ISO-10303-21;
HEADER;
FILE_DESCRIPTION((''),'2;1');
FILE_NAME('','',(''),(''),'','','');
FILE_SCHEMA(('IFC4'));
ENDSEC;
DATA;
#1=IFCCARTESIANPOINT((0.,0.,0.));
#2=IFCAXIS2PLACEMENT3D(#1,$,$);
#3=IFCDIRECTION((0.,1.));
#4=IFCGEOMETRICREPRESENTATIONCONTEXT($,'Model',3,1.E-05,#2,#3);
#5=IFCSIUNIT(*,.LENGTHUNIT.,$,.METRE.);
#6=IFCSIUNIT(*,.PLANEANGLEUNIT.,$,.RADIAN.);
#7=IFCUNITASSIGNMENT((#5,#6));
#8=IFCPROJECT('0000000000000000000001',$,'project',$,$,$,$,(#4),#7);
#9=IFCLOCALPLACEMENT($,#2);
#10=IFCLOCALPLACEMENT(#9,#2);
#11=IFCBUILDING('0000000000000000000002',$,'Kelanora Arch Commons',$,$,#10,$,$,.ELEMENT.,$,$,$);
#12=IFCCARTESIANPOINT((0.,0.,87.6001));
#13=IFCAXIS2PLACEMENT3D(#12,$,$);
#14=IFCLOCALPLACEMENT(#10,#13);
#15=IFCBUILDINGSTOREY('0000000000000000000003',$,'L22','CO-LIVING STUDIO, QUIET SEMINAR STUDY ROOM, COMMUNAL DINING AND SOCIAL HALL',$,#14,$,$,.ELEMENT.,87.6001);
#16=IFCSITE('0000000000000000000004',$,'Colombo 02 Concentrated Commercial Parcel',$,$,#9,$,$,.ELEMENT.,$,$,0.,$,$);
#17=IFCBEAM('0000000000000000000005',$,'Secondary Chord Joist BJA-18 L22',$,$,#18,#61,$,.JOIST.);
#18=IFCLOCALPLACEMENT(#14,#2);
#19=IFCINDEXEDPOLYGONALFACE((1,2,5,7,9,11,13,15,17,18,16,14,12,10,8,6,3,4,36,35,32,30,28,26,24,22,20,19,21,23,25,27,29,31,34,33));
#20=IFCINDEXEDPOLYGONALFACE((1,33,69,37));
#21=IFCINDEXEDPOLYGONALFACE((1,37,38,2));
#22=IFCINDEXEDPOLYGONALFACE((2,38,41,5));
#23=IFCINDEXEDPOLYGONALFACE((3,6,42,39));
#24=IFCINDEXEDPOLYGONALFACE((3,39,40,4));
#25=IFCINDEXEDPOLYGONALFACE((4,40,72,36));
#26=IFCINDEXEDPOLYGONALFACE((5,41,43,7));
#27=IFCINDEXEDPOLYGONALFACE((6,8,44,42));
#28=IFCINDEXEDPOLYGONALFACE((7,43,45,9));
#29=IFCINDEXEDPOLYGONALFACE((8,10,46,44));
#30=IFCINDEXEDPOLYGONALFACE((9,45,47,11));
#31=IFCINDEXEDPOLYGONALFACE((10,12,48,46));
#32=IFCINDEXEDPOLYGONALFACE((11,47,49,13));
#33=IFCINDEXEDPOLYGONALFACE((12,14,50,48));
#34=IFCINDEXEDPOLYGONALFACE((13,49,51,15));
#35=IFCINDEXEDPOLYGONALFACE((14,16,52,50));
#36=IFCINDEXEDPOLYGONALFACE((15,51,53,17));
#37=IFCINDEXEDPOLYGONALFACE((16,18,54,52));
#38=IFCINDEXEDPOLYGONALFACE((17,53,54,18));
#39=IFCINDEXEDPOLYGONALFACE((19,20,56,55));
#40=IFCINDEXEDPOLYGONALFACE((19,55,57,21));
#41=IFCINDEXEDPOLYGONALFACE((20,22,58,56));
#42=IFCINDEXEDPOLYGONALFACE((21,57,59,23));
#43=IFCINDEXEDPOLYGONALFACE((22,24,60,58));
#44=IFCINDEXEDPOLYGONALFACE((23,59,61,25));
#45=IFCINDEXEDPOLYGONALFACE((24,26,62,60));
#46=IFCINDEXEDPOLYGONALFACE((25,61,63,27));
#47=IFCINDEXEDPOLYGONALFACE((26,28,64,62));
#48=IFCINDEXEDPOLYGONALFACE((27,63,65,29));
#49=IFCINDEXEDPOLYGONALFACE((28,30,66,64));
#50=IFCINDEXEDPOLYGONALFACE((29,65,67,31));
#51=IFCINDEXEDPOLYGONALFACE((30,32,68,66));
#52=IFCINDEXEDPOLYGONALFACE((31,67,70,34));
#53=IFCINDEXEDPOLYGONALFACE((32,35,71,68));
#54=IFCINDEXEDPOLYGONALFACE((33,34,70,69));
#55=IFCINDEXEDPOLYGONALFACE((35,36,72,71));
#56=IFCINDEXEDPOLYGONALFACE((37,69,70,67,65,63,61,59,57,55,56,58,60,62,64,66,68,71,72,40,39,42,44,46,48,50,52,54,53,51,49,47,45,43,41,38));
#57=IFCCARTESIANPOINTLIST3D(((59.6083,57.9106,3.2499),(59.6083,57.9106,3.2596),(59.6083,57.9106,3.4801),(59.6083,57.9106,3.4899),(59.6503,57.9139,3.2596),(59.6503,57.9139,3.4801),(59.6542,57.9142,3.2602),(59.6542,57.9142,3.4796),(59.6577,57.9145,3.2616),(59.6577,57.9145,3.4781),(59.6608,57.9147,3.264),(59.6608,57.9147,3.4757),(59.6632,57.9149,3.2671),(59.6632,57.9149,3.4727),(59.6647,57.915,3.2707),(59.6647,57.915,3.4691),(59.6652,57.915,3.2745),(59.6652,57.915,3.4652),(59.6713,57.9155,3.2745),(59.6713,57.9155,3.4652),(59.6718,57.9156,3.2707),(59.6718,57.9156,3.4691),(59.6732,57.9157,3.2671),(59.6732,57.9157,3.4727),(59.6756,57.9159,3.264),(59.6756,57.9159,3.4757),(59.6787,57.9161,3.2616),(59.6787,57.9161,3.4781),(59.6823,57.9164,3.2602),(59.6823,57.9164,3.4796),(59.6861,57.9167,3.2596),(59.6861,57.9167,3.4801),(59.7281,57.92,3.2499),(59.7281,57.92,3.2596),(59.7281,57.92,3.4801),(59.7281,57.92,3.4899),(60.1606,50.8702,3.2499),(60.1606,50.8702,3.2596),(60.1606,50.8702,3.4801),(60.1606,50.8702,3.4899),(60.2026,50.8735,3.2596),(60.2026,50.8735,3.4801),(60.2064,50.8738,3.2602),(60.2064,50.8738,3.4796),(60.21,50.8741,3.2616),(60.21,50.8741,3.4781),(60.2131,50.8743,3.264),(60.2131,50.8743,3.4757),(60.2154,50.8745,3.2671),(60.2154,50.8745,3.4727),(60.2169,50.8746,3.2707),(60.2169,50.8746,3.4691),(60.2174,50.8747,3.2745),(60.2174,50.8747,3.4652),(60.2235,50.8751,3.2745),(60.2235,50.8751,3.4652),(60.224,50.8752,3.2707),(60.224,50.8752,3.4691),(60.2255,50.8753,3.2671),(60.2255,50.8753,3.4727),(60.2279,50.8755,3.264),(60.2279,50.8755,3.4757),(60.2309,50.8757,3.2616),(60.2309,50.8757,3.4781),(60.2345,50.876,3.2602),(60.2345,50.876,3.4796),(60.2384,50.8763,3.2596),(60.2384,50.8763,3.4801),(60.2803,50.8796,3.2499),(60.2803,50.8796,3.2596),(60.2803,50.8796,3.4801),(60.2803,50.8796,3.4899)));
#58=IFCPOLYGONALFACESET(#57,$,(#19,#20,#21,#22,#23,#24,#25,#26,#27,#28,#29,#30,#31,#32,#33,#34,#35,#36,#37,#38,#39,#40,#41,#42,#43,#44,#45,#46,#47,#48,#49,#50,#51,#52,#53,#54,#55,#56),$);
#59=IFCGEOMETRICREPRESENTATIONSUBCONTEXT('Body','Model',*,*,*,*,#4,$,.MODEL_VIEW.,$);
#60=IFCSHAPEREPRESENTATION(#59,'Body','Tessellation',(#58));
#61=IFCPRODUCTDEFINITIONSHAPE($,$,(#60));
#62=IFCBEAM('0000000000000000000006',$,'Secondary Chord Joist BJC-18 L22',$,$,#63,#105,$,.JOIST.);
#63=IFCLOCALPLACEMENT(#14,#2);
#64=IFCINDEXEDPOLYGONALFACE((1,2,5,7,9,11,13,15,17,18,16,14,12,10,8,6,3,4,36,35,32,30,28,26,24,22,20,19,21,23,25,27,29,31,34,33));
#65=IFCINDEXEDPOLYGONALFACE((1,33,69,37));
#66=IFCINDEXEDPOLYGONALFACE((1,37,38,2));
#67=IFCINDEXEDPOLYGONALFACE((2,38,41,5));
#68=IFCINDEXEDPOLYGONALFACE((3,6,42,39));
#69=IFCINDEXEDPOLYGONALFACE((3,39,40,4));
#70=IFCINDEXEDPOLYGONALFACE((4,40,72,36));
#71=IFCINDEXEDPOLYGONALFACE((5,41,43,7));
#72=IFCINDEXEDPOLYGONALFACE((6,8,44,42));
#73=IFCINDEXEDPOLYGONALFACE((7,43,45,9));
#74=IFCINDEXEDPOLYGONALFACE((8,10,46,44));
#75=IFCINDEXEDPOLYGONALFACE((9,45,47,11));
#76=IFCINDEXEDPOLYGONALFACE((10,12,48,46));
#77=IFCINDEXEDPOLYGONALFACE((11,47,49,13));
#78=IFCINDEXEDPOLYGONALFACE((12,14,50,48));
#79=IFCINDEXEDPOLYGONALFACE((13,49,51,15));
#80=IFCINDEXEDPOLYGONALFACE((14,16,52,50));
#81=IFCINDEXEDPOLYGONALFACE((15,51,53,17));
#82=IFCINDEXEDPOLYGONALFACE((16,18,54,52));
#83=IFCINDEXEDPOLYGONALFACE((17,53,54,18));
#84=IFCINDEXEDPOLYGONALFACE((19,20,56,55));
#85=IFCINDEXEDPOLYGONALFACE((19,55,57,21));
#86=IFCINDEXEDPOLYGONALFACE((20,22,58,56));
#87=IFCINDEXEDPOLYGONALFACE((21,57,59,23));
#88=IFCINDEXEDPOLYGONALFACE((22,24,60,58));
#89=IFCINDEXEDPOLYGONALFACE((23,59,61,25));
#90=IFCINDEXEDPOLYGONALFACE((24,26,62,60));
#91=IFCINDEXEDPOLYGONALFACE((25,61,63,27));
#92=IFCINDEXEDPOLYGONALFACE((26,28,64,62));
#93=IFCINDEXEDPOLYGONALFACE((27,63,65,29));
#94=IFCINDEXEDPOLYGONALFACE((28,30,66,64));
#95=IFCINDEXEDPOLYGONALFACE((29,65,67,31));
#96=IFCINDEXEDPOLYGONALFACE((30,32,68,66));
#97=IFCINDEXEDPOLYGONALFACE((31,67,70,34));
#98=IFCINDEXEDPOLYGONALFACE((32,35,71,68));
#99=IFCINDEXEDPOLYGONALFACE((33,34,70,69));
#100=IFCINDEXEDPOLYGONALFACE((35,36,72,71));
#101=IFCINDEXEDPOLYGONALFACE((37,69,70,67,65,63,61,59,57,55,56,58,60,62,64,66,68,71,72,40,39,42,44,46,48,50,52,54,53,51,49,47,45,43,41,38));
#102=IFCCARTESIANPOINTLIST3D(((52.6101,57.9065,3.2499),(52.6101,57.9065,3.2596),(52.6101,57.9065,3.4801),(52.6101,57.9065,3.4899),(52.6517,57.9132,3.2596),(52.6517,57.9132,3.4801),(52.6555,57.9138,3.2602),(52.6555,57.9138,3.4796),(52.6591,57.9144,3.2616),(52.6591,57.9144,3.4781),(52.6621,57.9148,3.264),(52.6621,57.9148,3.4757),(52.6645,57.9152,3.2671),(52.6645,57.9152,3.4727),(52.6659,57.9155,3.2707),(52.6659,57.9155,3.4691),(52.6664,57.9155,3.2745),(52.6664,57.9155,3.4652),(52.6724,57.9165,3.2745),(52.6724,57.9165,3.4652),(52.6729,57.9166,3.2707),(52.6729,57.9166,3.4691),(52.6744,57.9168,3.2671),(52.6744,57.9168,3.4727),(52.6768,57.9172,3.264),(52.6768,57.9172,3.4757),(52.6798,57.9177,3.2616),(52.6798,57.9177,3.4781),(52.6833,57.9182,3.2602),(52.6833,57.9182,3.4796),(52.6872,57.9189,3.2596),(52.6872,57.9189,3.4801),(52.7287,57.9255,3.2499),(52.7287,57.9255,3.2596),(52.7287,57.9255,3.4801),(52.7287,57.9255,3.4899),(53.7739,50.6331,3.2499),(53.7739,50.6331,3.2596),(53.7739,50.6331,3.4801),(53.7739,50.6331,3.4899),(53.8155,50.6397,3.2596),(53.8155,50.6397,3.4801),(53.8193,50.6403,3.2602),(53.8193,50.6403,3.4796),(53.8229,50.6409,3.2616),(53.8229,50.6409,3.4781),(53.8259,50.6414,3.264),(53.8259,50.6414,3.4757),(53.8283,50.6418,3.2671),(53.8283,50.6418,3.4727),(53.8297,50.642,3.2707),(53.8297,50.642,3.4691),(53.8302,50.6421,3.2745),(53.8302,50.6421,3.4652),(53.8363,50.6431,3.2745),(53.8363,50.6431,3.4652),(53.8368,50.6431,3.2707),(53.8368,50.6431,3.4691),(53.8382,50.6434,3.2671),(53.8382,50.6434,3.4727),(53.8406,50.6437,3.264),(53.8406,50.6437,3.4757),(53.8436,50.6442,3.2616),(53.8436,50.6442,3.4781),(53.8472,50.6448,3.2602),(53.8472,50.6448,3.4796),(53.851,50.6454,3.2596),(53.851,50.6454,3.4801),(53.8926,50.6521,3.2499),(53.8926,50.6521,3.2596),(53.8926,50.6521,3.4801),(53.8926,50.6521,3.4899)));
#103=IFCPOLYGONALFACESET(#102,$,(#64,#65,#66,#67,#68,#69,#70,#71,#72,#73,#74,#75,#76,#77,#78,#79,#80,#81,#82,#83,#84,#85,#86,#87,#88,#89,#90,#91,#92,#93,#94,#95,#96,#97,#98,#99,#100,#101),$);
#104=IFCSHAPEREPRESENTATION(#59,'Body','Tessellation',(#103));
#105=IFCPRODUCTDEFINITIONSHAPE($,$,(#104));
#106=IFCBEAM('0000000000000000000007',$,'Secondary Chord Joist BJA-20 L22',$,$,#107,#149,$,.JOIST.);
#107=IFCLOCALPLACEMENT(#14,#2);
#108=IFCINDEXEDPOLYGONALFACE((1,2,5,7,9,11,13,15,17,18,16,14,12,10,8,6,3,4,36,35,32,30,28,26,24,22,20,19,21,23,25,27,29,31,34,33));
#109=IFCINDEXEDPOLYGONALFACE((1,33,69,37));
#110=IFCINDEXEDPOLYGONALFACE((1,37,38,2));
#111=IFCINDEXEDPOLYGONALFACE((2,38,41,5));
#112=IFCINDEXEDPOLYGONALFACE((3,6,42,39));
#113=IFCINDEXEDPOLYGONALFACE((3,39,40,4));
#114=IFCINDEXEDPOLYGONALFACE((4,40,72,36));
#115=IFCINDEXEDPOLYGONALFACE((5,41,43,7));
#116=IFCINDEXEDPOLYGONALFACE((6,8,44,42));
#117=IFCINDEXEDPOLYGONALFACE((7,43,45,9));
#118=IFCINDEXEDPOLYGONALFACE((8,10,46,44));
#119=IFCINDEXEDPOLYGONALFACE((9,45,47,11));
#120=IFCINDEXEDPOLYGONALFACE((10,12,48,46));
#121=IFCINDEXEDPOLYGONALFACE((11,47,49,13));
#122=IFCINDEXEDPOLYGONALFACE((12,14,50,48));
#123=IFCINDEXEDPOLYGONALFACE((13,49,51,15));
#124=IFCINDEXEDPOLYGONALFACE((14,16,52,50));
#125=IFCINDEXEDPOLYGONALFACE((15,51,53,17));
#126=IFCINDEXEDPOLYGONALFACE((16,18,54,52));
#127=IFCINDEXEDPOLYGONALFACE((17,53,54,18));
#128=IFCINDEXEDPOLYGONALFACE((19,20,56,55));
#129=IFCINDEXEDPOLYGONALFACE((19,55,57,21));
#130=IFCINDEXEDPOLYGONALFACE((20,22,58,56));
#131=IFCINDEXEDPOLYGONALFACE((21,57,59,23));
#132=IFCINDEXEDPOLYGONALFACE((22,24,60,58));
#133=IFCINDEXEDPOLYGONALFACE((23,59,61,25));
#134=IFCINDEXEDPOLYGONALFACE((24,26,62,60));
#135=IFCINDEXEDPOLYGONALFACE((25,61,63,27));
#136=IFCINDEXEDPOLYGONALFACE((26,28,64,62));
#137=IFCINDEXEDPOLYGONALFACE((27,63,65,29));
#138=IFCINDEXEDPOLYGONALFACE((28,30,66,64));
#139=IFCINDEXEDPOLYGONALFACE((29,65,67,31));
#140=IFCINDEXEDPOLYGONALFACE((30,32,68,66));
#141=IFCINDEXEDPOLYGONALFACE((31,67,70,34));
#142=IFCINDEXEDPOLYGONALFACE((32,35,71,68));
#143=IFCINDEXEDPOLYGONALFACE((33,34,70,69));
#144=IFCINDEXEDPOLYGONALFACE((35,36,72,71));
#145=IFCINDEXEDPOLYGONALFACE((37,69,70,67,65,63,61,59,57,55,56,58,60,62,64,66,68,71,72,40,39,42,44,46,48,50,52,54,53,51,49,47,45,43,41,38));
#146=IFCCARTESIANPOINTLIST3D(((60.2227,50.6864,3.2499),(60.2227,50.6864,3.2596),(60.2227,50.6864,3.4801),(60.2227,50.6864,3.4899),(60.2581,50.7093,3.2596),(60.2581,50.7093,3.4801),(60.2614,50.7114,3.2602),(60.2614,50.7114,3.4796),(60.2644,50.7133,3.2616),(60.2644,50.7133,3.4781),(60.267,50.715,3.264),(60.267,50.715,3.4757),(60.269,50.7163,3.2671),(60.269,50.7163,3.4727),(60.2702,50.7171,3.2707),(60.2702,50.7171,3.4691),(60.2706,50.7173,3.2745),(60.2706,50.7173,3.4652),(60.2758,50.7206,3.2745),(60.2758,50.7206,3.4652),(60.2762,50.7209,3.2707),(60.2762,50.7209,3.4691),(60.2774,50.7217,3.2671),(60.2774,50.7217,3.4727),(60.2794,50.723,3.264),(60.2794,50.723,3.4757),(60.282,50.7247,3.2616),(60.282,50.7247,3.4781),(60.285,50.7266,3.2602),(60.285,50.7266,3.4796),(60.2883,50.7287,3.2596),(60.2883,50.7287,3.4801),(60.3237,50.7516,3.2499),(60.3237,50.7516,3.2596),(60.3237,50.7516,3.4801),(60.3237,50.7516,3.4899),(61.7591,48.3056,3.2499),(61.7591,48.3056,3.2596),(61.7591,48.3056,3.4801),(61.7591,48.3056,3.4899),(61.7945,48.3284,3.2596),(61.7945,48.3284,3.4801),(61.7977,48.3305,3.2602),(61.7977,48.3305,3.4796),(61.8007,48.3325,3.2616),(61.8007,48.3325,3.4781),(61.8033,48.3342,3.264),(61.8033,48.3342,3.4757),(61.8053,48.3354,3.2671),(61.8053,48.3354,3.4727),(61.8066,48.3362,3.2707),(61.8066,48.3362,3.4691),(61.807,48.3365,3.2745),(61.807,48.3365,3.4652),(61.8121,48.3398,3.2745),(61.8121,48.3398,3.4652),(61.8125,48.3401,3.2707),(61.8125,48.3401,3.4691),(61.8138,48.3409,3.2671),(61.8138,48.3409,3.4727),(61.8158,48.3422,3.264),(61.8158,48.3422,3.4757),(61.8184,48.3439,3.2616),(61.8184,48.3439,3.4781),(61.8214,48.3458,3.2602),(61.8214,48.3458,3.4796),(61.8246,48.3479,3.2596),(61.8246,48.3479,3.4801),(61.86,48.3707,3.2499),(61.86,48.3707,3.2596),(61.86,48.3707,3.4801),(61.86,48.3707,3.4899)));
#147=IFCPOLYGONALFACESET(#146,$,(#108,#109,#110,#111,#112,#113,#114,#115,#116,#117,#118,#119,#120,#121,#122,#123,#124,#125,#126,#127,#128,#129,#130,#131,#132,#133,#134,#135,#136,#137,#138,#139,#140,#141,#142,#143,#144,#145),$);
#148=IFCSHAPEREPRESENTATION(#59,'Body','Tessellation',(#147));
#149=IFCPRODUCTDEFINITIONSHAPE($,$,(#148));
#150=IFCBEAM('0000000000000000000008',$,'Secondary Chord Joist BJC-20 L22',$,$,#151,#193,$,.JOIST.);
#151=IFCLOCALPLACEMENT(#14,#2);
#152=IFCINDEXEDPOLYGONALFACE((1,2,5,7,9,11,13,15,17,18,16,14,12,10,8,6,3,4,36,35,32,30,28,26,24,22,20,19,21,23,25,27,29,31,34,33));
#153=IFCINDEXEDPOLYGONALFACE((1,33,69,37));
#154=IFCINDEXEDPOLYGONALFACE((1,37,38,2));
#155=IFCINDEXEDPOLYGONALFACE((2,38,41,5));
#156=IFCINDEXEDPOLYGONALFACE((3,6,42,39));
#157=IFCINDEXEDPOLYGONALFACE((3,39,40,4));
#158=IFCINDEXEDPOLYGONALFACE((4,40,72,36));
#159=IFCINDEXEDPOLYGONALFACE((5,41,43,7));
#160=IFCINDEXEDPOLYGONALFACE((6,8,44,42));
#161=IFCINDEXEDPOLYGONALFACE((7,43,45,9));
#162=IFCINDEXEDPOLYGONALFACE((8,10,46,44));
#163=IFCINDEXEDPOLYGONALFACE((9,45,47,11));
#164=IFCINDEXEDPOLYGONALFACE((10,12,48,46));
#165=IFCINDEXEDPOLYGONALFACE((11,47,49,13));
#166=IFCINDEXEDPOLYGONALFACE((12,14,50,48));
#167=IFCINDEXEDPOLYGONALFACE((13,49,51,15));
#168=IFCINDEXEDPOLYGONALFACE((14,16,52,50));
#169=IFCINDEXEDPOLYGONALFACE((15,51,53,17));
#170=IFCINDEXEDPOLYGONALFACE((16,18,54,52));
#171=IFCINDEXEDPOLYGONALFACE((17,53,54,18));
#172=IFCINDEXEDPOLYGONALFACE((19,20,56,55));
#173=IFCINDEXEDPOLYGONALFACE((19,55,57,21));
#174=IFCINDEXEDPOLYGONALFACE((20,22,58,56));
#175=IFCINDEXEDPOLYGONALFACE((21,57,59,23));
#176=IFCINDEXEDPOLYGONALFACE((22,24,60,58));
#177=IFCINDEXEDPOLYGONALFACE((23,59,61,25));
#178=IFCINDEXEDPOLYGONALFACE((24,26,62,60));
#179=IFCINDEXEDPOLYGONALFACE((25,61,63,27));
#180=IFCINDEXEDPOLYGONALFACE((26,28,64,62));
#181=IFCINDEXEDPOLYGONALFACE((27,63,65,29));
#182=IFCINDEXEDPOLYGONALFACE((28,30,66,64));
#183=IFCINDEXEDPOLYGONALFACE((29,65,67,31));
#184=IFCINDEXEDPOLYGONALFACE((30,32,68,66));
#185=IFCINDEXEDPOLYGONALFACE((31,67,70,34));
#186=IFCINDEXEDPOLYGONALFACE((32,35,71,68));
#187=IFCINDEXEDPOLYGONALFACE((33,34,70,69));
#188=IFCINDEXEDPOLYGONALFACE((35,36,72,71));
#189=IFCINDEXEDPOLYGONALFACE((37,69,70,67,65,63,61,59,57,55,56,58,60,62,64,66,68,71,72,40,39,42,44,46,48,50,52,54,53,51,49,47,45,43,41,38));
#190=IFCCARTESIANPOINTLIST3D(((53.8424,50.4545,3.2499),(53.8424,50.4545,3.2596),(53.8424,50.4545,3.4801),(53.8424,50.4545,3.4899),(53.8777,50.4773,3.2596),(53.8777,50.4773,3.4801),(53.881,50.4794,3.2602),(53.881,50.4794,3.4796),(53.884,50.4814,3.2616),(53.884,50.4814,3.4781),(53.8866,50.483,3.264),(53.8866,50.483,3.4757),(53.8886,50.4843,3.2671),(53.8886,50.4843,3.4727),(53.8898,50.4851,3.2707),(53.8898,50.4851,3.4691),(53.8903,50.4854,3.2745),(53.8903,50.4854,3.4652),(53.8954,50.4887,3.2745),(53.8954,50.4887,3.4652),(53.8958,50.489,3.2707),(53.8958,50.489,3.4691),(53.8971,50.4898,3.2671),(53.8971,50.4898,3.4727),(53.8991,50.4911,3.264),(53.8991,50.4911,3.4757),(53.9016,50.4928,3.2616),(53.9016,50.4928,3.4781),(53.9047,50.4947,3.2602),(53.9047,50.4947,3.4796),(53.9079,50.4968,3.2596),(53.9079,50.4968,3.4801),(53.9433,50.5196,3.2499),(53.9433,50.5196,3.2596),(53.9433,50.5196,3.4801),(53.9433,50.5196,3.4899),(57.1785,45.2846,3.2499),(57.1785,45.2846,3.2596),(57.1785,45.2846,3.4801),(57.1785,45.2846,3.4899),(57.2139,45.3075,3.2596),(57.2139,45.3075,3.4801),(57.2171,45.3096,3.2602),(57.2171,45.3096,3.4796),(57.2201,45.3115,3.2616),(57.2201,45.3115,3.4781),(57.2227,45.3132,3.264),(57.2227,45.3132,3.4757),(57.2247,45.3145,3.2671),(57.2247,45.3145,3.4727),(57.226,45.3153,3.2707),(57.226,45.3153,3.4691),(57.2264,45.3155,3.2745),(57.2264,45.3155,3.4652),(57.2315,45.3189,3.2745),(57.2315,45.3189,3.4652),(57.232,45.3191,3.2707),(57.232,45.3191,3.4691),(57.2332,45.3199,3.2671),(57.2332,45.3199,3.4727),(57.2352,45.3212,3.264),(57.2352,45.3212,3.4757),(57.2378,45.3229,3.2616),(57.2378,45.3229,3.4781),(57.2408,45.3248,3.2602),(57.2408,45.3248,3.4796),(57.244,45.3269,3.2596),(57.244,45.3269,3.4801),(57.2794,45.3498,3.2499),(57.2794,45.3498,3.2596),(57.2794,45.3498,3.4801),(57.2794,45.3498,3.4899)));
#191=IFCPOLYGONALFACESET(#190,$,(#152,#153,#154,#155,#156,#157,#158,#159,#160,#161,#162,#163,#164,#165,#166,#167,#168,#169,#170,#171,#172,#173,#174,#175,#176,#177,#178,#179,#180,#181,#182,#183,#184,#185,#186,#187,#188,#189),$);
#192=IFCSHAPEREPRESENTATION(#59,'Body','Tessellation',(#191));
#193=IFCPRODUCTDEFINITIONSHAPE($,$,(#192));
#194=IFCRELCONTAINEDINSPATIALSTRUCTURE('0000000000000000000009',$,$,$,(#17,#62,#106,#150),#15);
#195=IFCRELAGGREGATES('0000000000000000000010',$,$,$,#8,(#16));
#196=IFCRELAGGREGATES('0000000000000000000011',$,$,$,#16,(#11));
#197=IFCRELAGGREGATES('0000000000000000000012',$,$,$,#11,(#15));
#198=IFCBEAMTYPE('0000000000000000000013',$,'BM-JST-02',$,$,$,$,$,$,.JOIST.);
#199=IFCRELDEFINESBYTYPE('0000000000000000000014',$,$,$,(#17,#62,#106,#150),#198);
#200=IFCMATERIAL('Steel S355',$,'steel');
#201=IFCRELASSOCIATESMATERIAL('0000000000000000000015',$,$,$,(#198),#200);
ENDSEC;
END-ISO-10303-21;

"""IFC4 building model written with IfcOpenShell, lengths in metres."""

from ifc_helpers import new_model, si_unit, direction, frame, origin, origin_2d, place, context, subcontext, project, spatial, i_section, extrude, material, material_profile, profile_set, type_object, element, save


model = new_model("IFC4")

# Units and contexts
model_context = context("Model", 3, precision=1e-05, world=origin(), true_north=direction((0.0, 1.0)))
body_context = subcontext(model_context, "Body", "Model", "MODEL_VIEW")
ifc_project = project(units=[si_unit("LENGTHUNIT", "METRE"), si_unit("PLANEANGLEUNIT", "RADIAN")], contexts=[model_context])

# Site, building, storey
site_placement = place(None, origin())
site = spatial("IfcSite", under=ifc_project, at=site_placement, Name="Colombo 02 Concentrated Commercial Parcel", CompositionType="ELEMENT", RefElevation=0.0)
building_placement = place(site_placement, origin())
building = spatial("IfcBuilding", under=site, at=building_placement, Name="Kelanora Arch Commons", CompositionType="ELEMENT")
storey_placement = place(building_placement, frame((0.0, 0.0, 87.6001)))
storey = spatial("IfcBuildingStorey", under=building, at=storey_placement, Name="L22", Description="CO-LIVING STUDIO, QUIET SEMINAR STUDY ROOM, COMMUNAL DINING AND SOCIAL HALL", CompositionType="ELEMENT", Elevation=87.6001)

# Beams
ifc_material_1 = material(Name="Steel S355", Category="steel")
ifc_material_profile_1 = material_profile(ifc_material_1, i_section(OverallWidth=0.1201, OverallDepth=0.24, WebThickness=0.0061, FlangeThickness=0.0098, FilletRadius=0.0149, at=origin_2d()), Name="IPE240")
ifc_profile_set_1 = profile_set([ifc_material_profile_1], Name="Steel S355")
beam_type_1 = type_object("IfcBeamType", Name="BM-JST-02", PredefinedType="JOIST", material=ifc_profile_set_1)
beam_1_placement = place(storey_placement, frame((59.6682, 57.9153, 3.3699), z_axis=(0.078201, -0.996938, 0.0), x_axis=(0.996938, 0.078201, 0.0)))
element("IfcBeam", 1, at=beam_1_placement, inside=storey, type_object=beam_type_1, Name="Secondary Chord Joist BJA-18 L22", PredefinedType="JOIST", context=body_context, shape_type="SweptSolid", body=[
    extrude(i_section(OverallWidth=0.1201, OverallDepth=0.24, WebThickness=0.0061, FlangeThickness=0.0098, FilletRadius=0.0149, at=origin_2d()), origin(), (0.0, 0.0, 1.0), 7.062),
])
beam_2_placement = place(storey_placement, frame((52.6694, 57.916, 3.3699), z_axis=(0.158, -0.987439, 0.0), x_axis=(0.987439, 0.158, 0.0)))
element("IfcBeam", 2, at=beam_2_placement, inside=storey, type_object=beam_type_1, Name="Secondary Chord Joist BJC-18 L22", PredefinedType="JOIST", context=body_context, shape_type="SweptSolid", body=[
    extrude(i_section(OverallWidth=0.1201, OverallDepth=0.24, WebThickness=0.0061, FlangeThickness=0.0098, FilletRadius=0.0149, at=origin_2d()), origin(), (0.0, 0.0, 1.0), 7.366),
])
beam_3_placement = place(storey_placement, frame((60.2732, 50.719, 3.3699), z_axis=(0.542211, -0.840242, 0.0), x_axis=(0.840242, 0.542211, 0.0)))
element("IfcBeam", 3, at=beam_3_placement, inside=storey, type_object=beam_type_1, Name="Secondary Chord Joist BJA-20 L22", PredefinedType="JOIST", context=body_context, shape_type="SweptSolid", body=[
    extrude(i_section(OverallWidth=0.1201, OverallDepth=0.24, WebThickness=0.0061, FlangeThickness=0.0098, FilletRadius=0.0149, at=origin_2d()), origin(), (0.0, 0.0, 1.0), 2.8335),
])
beam_4_placement = place(storey_placement, frame((53.8928, 50.4871, 3.3699), z_axis=(0.542213, -0.840241, 0.0), x_axis=(0.840241, 0.542213, 0.0)))
element("IfcBeam", 4, at=beam_4_placement, inside=storey, type_object=beam_type_1, Name="Secondary Chord Joist BJC-20 L22", PredefinedType="JOIST", context=body_context, shape_type="SweptSolid", body=[
    extrude(i_section(OverallWidth=0.1201, OverallDepth=0.24, WebThickness=0.0061, FlangeThickness=0.0098, FilletRadius=0.0149, at=origin_2d()), origin(), (0.0, 0.0, 1.0), 6.1528),
])

save(model, "model.ifc")
